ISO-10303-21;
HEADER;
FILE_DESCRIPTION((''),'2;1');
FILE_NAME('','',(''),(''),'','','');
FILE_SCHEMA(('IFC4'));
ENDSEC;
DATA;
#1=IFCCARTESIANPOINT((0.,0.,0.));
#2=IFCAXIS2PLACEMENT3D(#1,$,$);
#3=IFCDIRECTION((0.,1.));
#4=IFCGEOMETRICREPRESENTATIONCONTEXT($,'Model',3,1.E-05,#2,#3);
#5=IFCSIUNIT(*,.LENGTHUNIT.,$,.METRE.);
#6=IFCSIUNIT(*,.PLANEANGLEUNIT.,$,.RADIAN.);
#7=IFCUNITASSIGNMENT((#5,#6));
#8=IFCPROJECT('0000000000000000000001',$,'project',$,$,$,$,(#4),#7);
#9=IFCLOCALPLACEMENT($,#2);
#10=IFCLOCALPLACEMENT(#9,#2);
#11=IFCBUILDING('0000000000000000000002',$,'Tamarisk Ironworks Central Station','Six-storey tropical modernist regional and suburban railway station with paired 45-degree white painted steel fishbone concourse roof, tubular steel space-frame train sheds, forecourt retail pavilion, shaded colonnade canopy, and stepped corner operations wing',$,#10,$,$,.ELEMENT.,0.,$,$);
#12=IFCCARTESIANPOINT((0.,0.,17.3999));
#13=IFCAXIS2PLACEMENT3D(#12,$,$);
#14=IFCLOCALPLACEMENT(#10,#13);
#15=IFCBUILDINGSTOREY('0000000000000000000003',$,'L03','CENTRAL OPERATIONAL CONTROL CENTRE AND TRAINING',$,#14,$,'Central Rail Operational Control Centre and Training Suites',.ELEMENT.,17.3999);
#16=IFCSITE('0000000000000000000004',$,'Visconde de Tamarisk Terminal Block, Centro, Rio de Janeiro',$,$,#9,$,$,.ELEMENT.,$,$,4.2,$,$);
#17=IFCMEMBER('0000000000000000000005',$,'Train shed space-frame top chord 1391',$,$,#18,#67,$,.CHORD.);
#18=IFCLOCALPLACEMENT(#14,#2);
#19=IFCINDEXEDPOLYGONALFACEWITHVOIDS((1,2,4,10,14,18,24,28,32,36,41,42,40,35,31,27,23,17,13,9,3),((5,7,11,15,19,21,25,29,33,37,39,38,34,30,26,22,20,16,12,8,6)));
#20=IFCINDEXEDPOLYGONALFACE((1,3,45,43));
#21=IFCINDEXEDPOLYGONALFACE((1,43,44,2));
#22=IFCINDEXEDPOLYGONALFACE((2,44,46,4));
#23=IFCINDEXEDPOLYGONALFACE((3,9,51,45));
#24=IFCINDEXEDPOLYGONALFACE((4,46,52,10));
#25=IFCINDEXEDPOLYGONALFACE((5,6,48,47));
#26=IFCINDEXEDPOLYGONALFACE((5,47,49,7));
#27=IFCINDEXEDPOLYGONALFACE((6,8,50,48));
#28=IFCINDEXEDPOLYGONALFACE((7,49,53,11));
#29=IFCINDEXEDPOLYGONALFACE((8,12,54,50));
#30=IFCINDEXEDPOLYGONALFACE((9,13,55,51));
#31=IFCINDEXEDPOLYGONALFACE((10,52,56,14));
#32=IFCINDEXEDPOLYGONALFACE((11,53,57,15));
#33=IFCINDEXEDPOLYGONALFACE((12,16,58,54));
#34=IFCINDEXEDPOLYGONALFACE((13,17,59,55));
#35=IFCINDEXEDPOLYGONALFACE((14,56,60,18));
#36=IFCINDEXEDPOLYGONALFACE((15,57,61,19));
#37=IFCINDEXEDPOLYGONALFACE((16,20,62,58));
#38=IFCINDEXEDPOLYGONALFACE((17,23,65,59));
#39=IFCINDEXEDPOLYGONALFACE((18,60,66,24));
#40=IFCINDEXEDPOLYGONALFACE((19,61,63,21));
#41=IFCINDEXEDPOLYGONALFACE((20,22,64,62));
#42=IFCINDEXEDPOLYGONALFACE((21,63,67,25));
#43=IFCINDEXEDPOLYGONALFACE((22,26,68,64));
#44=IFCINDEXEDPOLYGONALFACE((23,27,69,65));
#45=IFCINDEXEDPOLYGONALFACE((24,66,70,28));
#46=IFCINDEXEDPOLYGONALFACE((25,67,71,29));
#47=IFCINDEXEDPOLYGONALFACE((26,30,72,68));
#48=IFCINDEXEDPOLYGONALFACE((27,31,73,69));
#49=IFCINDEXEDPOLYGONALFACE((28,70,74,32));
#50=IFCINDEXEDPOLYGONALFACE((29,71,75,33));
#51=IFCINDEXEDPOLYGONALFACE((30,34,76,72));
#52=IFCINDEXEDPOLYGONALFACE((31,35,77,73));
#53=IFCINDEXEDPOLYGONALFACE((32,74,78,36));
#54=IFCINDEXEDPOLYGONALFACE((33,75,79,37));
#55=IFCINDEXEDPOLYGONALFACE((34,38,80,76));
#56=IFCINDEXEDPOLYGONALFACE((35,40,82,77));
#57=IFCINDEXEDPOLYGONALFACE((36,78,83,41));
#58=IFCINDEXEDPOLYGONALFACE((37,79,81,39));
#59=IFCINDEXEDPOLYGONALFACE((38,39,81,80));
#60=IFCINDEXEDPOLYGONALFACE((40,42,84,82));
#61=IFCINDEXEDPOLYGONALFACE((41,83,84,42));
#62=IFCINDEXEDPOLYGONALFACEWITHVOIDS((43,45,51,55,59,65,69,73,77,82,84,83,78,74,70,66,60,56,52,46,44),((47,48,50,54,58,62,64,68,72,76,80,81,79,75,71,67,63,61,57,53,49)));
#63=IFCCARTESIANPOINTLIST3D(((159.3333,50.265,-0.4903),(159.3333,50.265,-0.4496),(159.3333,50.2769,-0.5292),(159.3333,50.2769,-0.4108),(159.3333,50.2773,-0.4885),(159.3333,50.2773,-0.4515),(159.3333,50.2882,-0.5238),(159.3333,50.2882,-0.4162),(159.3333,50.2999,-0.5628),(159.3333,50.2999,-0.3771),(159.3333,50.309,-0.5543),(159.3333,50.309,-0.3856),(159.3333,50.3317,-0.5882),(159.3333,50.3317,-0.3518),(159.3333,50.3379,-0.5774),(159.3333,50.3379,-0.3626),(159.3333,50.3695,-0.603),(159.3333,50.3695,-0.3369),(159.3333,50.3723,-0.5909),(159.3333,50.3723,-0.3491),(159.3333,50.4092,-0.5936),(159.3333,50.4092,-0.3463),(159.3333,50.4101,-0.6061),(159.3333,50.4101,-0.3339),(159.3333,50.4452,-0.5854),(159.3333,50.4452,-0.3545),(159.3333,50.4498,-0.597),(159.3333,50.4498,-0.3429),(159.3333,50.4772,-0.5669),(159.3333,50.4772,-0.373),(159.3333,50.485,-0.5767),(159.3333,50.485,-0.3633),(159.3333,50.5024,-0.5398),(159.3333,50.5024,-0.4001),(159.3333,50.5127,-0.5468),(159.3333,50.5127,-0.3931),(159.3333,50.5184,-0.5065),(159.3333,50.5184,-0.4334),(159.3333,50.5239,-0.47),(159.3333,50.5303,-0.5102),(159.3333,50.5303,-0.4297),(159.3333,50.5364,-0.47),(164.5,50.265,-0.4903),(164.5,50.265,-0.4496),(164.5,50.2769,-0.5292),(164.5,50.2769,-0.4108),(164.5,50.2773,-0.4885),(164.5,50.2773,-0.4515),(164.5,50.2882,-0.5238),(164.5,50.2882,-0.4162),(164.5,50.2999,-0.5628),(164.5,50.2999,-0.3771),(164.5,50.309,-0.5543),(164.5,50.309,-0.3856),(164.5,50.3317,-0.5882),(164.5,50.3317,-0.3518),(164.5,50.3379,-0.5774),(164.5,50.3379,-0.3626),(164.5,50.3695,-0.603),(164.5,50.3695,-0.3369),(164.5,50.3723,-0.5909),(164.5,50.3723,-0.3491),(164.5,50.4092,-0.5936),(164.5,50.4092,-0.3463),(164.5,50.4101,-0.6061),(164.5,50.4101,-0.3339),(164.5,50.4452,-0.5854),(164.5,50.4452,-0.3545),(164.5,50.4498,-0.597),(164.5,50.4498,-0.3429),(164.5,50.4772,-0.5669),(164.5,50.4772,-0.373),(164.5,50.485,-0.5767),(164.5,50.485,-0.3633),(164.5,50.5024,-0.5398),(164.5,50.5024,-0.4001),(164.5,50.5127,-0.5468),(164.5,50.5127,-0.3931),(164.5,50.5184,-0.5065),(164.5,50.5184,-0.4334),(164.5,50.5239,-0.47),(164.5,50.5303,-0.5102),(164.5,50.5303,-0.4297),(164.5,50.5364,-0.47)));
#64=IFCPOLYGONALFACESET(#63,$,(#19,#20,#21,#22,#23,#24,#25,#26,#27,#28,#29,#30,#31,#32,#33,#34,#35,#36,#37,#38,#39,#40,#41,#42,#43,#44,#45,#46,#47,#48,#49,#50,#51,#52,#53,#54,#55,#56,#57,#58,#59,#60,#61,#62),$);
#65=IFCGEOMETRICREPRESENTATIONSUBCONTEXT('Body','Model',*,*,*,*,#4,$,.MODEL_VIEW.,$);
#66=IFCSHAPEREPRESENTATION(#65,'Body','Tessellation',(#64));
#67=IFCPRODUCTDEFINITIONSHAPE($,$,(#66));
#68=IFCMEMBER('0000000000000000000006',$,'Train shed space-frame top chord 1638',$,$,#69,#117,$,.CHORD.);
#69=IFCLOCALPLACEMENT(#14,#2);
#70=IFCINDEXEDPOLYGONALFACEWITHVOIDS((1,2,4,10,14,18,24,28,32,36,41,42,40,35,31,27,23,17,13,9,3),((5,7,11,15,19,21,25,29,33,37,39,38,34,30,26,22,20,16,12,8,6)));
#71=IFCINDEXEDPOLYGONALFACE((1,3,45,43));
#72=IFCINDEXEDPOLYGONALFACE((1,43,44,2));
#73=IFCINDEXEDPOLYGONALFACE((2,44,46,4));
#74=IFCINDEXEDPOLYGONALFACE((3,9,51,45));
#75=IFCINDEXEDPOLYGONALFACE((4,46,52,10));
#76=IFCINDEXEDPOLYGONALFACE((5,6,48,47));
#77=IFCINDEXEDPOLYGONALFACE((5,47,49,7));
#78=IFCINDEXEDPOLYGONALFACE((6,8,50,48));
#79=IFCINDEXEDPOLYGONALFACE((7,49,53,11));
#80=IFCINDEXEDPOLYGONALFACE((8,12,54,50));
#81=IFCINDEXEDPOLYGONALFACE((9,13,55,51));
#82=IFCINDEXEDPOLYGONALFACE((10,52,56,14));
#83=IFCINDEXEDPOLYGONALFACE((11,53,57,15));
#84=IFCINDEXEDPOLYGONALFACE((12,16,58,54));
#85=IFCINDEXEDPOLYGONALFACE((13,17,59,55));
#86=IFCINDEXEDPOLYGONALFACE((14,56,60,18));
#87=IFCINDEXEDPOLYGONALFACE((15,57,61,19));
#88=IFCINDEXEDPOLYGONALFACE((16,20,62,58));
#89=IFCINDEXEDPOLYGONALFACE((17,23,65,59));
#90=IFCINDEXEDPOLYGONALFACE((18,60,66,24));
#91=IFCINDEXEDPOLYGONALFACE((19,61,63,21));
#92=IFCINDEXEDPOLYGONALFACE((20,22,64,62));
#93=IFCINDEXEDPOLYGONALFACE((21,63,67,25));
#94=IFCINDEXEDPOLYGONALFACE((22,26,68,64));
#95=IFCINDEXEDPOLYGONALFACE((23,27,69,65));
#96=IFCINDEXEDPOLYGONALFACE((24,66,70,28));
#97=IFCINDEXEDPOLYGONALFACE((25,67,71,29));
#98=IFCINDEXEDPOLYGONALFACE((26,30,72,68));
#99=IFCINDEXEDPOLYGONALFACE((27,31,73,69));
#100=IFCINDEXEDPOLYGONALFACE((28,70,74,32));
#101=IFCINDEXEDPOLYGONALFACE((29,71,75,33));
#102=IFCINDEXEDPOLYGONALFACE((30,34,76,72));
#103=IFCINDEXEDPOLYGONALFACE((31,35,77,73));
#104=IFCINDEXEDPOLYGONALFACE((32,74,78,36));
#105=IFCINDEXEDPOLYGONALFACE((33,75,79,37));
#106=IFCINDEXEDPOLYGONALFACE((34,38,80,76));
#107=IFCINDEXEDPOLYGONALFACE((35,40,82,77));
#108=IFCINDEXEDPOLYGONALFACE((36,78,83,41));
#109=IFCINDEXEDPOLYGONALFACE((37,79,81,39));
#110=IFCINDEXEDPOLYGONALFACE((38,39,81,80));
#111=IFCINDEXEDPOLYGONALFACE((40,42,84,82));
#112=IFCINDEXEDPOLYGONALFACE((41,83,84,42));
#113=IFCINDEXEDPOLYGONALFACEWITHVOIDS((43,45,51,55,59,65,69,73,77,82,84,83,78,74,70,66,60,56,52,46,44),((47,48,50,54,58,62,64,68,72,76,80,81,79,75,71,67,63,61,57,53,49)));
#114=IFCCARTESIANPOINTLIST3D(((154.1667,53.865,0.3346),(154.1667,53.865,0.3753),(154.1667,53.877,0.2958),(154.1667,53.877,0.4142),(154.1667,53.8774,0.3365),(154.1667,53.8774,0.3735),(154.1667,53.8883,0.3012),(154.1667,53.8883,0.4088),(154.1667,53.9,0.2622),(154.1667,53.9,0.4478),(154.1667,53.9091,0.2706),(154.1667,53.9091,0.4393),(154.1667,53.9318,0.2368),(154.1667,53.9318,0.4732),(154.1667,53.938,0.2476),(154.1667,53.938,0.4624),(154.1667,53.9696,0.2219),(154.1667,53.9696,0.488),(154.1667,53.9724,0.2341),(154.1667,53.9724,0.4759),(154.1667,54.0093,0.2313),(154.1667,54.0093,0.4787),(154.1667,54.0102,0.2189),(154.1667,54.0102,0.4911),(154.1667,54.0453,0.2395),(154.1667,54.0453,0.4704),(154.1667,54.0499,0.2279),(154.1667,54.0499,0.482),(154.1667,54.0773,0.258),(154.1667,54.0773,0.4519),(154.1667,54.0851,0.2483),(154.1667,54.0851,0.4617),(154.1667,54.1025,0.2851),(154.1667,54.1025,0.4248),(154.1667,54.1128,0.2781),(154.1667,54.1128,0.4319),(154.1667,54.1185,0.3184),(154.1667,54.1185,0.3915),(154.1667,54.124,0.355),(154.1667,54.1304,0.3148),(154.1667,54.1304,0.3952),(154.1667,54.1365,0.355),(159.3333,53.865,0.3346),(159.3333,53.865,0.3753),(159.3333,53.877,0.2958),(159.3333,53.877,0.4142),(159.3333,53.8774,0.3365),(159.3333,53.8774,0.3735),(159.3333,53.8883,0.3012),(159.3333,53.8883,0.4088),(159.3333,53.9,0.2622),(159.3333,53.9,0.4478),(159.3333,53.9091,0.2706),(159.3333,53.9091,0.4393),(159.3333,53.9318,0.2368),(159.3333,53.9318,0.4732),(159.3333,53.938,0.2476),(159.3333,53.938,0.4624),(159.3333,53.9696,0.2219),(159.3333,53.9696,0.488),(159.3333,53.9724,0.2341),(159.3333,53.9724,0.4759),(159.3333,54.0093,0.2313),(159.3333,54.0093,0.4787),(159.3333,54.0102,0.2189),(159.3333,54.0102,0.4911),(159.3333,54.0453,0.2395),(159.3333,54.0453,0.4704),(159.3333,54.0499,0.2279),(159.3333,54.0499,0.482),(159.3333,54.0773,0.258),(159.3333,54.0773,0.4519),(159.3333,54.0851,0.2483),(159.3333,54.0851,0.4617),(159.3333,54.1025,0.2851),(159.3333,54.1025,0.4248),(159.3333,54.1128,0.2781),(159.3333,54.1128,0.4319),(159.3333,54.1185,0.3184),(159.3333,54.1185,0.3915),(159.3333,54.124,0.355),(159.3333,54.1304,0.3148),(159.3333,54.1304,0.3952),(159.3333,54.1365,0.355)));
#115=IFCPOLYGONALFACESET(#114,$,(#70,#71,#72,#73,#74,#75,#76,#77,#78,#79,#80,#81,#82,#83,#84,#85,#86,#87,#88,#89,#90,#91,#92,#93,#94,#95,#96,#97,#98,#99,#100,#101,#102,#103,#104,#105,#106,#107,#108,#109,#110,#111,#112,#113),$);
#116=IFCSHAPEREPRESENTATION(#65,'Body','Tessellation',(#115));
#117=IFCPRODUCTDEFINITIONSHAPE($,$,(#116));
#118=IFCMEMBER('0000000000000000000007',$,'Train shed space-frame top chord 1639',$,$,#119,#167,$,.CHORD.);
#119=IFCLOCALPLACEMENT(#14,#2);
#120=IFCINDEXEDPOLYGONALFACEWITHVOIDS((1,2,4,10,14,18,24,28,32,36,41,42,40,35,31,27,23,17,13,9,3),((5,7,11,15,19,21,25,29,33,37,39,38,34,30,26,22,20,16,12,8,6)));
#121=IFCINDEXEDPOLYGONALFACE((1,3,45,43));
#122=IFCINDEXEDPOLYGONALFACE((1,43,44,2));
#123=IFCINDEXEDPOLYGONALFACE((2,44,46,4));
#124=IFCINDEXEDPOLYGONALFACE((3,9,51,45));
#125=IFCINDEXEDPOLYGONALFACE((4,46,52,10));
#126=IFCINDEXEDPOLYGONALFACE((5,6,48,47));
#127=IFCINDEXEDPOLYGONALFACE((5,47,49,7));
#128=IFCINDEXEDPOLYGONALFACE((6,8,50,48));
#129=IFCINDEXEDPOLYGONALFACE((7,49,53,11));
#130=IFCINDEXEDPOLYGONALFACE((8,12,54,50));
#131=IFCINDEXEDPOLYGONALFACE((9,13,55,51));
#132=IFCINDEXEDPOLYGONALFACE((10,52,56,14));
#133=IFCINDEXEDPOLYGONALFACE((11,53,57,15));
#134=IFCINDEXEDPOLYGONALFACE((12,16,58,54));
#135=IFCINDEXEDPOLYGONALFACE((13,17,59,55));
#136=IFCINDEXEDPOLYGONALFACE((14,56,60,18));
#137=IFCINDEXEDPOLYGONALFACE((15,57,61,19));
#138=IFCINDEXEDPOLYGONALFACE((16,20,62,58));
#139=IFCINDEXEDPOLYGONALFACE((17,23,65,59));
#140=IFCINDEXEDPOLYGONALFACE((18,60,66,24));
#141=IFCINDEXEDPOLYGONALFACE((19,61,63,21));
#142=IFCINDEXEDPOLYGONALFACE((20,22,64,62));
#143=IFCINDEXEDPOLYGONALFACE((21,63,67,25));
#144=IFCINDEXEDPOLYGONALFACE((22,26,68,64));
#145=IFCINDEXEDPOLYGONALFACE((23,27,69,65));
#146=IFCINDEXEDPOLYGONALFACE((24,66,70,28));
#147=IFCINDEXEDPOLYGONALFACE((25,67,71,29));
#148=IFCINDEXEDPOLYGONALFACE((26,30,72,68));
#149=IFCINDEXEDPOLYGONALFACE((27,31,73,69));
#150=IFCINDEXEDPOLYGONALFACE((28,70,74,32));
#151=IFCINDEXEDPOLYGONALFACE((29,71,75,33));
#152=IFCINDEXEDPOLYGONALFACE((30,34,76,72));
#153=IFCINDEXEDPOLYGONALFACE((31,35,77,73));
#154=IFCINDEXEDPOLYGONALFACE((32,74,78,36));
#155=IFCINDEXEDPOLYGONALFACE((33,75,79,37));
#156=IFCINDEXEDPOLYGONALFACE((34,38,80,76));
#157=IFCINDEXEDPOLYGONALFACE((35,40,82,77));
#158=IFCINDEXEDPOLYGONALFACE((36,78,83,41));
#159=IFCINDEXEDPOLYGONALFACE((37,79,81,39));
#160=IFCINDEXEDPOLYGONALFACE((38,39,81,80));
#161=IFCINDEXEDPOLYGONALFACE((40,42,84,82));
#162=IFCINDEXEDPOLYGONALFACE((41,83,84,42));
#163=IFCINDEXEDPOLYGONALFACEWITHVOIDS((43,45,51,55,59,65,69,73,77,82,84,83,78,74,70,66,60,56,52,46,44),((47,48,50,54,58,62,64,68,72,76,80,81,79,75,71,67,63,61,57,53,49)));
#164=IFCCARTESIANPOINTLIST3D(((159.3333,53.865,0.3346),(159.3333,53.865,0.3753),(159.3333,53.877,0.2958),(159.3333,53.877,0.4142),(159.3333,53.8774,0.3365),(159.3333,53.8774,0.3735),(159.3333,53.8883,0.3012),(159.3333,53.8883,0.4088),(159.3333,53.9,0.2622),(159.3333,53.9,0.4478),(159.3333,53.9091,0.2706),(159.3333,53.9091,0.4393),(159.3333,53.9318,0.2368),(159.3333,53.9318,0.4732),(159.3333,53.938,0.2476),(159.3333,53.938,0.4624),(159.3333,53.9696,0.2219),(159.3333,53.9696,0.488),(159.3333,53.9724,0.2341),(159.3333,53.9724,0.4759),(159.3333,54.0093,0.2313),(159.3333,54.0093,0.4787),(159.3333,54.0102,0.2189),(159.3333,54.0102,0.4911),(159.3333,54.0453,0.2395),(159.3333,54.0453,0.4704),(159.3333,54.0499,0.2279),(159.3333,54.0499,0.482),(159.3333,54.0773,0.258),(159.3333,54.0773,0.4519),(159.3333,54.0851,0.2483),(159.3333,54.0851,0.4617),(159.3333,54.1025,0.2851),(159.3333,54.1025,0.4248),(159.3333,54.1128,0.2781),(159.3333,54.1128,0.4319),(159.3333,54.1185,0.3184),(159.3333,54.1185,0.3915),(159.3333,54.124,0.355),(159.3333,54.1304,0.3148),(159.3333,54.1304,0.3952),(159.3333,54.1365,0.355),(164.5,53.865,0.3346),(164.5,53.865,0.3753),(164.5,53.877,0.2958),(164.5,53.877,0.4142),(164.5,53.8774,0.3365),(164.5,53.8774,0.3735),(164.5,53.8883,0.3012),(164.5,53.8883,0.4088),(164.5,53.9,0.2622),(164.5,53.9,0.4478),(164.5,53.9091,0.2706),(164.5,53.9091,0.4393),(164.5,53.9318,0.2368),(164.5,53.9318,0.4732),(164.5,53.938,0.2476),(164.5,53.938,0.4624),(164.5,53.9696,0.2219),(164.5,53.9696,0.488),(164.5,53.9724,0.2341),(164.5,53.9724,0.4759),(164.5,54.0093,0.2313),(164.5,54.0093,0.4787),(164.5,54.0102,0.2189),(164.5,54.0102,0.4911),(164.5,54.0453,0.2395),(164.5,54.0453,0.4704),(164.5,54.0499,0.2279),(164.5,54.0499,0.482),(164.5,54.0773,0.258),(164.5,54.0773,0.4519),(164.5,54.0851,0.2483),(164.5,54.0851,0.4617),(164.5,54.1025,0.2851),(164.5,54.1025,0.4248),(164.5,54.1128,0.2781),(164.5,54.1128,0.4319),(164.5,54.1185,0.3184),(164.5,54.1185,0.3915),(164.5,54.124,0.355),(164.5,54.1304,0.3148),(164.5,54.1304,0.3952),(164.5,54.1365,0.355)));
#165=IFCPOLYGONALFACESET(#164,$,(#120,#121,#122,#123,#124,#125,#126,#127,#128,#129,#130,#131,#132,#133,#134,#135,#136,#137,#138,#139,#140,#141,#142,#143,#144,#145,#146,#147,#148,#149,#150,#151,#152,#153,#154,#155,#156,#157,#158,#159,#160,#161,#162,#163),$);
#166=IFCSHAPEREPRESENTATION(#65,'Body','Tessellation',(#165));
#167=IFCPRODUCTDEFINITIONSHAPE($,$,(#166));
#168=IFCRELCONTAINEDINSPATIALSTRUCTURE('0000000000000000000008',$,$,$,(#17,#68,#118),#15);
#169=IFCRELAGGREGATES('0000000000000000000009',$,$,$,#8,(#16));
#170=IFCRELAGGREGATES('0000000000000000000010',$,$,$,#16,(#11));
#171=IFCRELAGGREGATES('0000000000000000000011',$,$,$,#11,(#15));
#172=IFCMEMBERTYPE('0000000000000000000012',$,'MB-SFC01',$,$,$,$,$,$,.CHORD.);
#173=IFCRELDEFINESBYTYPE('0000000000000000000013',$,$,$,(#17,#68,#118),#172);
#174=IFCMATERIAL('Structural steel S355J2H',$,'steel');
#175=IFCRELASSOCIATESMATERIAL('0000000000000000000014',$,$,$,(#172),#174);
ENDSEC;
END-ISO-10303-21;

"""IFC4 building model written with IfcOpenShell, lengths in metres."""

from ifc_helpers import new_model, si_unit, direction, frame, origin, origin_2d, place, context, subcontext, project, spatial, hollow_circle, extrude, material, material_profile, profile_set, type_object, element, save


model = new_model("IFC4")

# Units and contexts
model_context = context("Model", 3, precision=1e-05, world=origin(), true_north=direction((0.0, 1.0)))
body_context = subcontext(model_context, "Body", "Model", "MODEL_VIEW")
ifc_project = project(units=[si_unit("LENGTHUNIT", "METRE"), si_unit("PLANEANGLEUNIT", "RADIAN")], contexts=[model_context])

# Site, building, storey
site_placement = place(None, origin())
site = spatial("IfcSite", under=ifc_project, at=site_placement, Name="Visconde de Tamarisk Terminal Block, Centro, Rio de Janeiro", CompositionType="ELEMENT", RefElevation=4.2)
building_placement = place(site_placement, origin())
building = spatial("IfcBuilding", under=site, at=building_placement, Name="Tamarisk Ironworks Central Station", Description="Six-storey tropical modernist regional and suburban railway station with paired 45-degree white painted steel fishbone concourse roof, tubular steel space-frame train sheds, forecourt retail pavilion, shaded colonnade canopy, and stepped corner operations wing", CompositionType="ELEMENT", ElevationOfRefHeight=0.0)
storey_placement = place(building_placement, frame((0.0, 0.0, 17.3999)))
storey = spatial("IfcBuildingStorey", under=building, at=storey_placement, Name="L03", Description="CENTRAL OPERATIONAL CONTROL CENTRE AND TRAINING", LongName="Central Rail Operational Control Centre and Training Suites", CompositionType="ELEMENT", Elevation=17.3999)

# Members
ifc_material = material(Name="Structural steel S355J2H", Category="steel")
ifc_material_profile_1 = material_profile(ifc_material, hollow_circle(Radius=0.1365, WallThickness=0.0125, at=origin_2d()), Name="CHS 273x12.5")
ifc_profile_set_1 = profile_set([ifc_material_profile_1], Name="Structural steel S355J2H")
member_type_1 = type_object("IfcMemberType", Name="MB-SFC01", PredefinedType="CHORD", material=ifc_profile_set_1)
member_1_placement = place(storey_placement, frame((159.3333, 50.3999, -0.47), z_axis=(1.0, 0.0, 0.0), x_axis=(0.0, 1.0, 0.0)))
element("IfcMember", 1, at=member_1_placement, inside=storey, type_object=member_type_1, Name="Train shed space-frame top chord 1391", PredefinedType="CHORD", context=body_context, shape_type="SweptSolid", body=[
    extrude(hollow_circle(Radius=0.1365, WallThickness=0.0125, at=origin_2d()), origin(), (0.0, 0.0, 1.0), 5.1667),
])
member_2_placement = place(storey_placement, frame((154.1667, 54.0, 0.355), z_axis=(1.0, 0.0, 0.0), x_axis=(0.0, 1.0, 0.0)))
element("IfcMember", 2, at=member_2_placement, inside=storey, type_object=member_type_1, Name="Train shed space-frame top chord 1638", PredefinedType="CHORD", context=body_context, shape_type="SweptSolid", body=[
    extrude(hollow_circle(Radius=0.1365, WallThickness=0.0125, at=origin_2d()), origin(), (0.0, 0.0, 1.0), 5.1665),
])
member_3_placement = place(storey_placement, frame((159.3333, 54.0, 0.355), z_axis=(1.0, 0.0, 0.0), x_axis=(0.0, 1.0, 0.0)))
element("IfcMember", 3, at=member_3_placement, inside=storey, type_object=member_type_1, Name="Train shed space-frame top chord 1639", PredefinedType="CHORD", context=body_context, shape_type="SweptSolid", body=[
    extrude(hollow_circle(Radius=0.1365, WallThickness=0.0125, at=origin_2d()), origin(), (0.0, 0.0, 1.0), 5.1667),
])

save(model, "model.ifc")
